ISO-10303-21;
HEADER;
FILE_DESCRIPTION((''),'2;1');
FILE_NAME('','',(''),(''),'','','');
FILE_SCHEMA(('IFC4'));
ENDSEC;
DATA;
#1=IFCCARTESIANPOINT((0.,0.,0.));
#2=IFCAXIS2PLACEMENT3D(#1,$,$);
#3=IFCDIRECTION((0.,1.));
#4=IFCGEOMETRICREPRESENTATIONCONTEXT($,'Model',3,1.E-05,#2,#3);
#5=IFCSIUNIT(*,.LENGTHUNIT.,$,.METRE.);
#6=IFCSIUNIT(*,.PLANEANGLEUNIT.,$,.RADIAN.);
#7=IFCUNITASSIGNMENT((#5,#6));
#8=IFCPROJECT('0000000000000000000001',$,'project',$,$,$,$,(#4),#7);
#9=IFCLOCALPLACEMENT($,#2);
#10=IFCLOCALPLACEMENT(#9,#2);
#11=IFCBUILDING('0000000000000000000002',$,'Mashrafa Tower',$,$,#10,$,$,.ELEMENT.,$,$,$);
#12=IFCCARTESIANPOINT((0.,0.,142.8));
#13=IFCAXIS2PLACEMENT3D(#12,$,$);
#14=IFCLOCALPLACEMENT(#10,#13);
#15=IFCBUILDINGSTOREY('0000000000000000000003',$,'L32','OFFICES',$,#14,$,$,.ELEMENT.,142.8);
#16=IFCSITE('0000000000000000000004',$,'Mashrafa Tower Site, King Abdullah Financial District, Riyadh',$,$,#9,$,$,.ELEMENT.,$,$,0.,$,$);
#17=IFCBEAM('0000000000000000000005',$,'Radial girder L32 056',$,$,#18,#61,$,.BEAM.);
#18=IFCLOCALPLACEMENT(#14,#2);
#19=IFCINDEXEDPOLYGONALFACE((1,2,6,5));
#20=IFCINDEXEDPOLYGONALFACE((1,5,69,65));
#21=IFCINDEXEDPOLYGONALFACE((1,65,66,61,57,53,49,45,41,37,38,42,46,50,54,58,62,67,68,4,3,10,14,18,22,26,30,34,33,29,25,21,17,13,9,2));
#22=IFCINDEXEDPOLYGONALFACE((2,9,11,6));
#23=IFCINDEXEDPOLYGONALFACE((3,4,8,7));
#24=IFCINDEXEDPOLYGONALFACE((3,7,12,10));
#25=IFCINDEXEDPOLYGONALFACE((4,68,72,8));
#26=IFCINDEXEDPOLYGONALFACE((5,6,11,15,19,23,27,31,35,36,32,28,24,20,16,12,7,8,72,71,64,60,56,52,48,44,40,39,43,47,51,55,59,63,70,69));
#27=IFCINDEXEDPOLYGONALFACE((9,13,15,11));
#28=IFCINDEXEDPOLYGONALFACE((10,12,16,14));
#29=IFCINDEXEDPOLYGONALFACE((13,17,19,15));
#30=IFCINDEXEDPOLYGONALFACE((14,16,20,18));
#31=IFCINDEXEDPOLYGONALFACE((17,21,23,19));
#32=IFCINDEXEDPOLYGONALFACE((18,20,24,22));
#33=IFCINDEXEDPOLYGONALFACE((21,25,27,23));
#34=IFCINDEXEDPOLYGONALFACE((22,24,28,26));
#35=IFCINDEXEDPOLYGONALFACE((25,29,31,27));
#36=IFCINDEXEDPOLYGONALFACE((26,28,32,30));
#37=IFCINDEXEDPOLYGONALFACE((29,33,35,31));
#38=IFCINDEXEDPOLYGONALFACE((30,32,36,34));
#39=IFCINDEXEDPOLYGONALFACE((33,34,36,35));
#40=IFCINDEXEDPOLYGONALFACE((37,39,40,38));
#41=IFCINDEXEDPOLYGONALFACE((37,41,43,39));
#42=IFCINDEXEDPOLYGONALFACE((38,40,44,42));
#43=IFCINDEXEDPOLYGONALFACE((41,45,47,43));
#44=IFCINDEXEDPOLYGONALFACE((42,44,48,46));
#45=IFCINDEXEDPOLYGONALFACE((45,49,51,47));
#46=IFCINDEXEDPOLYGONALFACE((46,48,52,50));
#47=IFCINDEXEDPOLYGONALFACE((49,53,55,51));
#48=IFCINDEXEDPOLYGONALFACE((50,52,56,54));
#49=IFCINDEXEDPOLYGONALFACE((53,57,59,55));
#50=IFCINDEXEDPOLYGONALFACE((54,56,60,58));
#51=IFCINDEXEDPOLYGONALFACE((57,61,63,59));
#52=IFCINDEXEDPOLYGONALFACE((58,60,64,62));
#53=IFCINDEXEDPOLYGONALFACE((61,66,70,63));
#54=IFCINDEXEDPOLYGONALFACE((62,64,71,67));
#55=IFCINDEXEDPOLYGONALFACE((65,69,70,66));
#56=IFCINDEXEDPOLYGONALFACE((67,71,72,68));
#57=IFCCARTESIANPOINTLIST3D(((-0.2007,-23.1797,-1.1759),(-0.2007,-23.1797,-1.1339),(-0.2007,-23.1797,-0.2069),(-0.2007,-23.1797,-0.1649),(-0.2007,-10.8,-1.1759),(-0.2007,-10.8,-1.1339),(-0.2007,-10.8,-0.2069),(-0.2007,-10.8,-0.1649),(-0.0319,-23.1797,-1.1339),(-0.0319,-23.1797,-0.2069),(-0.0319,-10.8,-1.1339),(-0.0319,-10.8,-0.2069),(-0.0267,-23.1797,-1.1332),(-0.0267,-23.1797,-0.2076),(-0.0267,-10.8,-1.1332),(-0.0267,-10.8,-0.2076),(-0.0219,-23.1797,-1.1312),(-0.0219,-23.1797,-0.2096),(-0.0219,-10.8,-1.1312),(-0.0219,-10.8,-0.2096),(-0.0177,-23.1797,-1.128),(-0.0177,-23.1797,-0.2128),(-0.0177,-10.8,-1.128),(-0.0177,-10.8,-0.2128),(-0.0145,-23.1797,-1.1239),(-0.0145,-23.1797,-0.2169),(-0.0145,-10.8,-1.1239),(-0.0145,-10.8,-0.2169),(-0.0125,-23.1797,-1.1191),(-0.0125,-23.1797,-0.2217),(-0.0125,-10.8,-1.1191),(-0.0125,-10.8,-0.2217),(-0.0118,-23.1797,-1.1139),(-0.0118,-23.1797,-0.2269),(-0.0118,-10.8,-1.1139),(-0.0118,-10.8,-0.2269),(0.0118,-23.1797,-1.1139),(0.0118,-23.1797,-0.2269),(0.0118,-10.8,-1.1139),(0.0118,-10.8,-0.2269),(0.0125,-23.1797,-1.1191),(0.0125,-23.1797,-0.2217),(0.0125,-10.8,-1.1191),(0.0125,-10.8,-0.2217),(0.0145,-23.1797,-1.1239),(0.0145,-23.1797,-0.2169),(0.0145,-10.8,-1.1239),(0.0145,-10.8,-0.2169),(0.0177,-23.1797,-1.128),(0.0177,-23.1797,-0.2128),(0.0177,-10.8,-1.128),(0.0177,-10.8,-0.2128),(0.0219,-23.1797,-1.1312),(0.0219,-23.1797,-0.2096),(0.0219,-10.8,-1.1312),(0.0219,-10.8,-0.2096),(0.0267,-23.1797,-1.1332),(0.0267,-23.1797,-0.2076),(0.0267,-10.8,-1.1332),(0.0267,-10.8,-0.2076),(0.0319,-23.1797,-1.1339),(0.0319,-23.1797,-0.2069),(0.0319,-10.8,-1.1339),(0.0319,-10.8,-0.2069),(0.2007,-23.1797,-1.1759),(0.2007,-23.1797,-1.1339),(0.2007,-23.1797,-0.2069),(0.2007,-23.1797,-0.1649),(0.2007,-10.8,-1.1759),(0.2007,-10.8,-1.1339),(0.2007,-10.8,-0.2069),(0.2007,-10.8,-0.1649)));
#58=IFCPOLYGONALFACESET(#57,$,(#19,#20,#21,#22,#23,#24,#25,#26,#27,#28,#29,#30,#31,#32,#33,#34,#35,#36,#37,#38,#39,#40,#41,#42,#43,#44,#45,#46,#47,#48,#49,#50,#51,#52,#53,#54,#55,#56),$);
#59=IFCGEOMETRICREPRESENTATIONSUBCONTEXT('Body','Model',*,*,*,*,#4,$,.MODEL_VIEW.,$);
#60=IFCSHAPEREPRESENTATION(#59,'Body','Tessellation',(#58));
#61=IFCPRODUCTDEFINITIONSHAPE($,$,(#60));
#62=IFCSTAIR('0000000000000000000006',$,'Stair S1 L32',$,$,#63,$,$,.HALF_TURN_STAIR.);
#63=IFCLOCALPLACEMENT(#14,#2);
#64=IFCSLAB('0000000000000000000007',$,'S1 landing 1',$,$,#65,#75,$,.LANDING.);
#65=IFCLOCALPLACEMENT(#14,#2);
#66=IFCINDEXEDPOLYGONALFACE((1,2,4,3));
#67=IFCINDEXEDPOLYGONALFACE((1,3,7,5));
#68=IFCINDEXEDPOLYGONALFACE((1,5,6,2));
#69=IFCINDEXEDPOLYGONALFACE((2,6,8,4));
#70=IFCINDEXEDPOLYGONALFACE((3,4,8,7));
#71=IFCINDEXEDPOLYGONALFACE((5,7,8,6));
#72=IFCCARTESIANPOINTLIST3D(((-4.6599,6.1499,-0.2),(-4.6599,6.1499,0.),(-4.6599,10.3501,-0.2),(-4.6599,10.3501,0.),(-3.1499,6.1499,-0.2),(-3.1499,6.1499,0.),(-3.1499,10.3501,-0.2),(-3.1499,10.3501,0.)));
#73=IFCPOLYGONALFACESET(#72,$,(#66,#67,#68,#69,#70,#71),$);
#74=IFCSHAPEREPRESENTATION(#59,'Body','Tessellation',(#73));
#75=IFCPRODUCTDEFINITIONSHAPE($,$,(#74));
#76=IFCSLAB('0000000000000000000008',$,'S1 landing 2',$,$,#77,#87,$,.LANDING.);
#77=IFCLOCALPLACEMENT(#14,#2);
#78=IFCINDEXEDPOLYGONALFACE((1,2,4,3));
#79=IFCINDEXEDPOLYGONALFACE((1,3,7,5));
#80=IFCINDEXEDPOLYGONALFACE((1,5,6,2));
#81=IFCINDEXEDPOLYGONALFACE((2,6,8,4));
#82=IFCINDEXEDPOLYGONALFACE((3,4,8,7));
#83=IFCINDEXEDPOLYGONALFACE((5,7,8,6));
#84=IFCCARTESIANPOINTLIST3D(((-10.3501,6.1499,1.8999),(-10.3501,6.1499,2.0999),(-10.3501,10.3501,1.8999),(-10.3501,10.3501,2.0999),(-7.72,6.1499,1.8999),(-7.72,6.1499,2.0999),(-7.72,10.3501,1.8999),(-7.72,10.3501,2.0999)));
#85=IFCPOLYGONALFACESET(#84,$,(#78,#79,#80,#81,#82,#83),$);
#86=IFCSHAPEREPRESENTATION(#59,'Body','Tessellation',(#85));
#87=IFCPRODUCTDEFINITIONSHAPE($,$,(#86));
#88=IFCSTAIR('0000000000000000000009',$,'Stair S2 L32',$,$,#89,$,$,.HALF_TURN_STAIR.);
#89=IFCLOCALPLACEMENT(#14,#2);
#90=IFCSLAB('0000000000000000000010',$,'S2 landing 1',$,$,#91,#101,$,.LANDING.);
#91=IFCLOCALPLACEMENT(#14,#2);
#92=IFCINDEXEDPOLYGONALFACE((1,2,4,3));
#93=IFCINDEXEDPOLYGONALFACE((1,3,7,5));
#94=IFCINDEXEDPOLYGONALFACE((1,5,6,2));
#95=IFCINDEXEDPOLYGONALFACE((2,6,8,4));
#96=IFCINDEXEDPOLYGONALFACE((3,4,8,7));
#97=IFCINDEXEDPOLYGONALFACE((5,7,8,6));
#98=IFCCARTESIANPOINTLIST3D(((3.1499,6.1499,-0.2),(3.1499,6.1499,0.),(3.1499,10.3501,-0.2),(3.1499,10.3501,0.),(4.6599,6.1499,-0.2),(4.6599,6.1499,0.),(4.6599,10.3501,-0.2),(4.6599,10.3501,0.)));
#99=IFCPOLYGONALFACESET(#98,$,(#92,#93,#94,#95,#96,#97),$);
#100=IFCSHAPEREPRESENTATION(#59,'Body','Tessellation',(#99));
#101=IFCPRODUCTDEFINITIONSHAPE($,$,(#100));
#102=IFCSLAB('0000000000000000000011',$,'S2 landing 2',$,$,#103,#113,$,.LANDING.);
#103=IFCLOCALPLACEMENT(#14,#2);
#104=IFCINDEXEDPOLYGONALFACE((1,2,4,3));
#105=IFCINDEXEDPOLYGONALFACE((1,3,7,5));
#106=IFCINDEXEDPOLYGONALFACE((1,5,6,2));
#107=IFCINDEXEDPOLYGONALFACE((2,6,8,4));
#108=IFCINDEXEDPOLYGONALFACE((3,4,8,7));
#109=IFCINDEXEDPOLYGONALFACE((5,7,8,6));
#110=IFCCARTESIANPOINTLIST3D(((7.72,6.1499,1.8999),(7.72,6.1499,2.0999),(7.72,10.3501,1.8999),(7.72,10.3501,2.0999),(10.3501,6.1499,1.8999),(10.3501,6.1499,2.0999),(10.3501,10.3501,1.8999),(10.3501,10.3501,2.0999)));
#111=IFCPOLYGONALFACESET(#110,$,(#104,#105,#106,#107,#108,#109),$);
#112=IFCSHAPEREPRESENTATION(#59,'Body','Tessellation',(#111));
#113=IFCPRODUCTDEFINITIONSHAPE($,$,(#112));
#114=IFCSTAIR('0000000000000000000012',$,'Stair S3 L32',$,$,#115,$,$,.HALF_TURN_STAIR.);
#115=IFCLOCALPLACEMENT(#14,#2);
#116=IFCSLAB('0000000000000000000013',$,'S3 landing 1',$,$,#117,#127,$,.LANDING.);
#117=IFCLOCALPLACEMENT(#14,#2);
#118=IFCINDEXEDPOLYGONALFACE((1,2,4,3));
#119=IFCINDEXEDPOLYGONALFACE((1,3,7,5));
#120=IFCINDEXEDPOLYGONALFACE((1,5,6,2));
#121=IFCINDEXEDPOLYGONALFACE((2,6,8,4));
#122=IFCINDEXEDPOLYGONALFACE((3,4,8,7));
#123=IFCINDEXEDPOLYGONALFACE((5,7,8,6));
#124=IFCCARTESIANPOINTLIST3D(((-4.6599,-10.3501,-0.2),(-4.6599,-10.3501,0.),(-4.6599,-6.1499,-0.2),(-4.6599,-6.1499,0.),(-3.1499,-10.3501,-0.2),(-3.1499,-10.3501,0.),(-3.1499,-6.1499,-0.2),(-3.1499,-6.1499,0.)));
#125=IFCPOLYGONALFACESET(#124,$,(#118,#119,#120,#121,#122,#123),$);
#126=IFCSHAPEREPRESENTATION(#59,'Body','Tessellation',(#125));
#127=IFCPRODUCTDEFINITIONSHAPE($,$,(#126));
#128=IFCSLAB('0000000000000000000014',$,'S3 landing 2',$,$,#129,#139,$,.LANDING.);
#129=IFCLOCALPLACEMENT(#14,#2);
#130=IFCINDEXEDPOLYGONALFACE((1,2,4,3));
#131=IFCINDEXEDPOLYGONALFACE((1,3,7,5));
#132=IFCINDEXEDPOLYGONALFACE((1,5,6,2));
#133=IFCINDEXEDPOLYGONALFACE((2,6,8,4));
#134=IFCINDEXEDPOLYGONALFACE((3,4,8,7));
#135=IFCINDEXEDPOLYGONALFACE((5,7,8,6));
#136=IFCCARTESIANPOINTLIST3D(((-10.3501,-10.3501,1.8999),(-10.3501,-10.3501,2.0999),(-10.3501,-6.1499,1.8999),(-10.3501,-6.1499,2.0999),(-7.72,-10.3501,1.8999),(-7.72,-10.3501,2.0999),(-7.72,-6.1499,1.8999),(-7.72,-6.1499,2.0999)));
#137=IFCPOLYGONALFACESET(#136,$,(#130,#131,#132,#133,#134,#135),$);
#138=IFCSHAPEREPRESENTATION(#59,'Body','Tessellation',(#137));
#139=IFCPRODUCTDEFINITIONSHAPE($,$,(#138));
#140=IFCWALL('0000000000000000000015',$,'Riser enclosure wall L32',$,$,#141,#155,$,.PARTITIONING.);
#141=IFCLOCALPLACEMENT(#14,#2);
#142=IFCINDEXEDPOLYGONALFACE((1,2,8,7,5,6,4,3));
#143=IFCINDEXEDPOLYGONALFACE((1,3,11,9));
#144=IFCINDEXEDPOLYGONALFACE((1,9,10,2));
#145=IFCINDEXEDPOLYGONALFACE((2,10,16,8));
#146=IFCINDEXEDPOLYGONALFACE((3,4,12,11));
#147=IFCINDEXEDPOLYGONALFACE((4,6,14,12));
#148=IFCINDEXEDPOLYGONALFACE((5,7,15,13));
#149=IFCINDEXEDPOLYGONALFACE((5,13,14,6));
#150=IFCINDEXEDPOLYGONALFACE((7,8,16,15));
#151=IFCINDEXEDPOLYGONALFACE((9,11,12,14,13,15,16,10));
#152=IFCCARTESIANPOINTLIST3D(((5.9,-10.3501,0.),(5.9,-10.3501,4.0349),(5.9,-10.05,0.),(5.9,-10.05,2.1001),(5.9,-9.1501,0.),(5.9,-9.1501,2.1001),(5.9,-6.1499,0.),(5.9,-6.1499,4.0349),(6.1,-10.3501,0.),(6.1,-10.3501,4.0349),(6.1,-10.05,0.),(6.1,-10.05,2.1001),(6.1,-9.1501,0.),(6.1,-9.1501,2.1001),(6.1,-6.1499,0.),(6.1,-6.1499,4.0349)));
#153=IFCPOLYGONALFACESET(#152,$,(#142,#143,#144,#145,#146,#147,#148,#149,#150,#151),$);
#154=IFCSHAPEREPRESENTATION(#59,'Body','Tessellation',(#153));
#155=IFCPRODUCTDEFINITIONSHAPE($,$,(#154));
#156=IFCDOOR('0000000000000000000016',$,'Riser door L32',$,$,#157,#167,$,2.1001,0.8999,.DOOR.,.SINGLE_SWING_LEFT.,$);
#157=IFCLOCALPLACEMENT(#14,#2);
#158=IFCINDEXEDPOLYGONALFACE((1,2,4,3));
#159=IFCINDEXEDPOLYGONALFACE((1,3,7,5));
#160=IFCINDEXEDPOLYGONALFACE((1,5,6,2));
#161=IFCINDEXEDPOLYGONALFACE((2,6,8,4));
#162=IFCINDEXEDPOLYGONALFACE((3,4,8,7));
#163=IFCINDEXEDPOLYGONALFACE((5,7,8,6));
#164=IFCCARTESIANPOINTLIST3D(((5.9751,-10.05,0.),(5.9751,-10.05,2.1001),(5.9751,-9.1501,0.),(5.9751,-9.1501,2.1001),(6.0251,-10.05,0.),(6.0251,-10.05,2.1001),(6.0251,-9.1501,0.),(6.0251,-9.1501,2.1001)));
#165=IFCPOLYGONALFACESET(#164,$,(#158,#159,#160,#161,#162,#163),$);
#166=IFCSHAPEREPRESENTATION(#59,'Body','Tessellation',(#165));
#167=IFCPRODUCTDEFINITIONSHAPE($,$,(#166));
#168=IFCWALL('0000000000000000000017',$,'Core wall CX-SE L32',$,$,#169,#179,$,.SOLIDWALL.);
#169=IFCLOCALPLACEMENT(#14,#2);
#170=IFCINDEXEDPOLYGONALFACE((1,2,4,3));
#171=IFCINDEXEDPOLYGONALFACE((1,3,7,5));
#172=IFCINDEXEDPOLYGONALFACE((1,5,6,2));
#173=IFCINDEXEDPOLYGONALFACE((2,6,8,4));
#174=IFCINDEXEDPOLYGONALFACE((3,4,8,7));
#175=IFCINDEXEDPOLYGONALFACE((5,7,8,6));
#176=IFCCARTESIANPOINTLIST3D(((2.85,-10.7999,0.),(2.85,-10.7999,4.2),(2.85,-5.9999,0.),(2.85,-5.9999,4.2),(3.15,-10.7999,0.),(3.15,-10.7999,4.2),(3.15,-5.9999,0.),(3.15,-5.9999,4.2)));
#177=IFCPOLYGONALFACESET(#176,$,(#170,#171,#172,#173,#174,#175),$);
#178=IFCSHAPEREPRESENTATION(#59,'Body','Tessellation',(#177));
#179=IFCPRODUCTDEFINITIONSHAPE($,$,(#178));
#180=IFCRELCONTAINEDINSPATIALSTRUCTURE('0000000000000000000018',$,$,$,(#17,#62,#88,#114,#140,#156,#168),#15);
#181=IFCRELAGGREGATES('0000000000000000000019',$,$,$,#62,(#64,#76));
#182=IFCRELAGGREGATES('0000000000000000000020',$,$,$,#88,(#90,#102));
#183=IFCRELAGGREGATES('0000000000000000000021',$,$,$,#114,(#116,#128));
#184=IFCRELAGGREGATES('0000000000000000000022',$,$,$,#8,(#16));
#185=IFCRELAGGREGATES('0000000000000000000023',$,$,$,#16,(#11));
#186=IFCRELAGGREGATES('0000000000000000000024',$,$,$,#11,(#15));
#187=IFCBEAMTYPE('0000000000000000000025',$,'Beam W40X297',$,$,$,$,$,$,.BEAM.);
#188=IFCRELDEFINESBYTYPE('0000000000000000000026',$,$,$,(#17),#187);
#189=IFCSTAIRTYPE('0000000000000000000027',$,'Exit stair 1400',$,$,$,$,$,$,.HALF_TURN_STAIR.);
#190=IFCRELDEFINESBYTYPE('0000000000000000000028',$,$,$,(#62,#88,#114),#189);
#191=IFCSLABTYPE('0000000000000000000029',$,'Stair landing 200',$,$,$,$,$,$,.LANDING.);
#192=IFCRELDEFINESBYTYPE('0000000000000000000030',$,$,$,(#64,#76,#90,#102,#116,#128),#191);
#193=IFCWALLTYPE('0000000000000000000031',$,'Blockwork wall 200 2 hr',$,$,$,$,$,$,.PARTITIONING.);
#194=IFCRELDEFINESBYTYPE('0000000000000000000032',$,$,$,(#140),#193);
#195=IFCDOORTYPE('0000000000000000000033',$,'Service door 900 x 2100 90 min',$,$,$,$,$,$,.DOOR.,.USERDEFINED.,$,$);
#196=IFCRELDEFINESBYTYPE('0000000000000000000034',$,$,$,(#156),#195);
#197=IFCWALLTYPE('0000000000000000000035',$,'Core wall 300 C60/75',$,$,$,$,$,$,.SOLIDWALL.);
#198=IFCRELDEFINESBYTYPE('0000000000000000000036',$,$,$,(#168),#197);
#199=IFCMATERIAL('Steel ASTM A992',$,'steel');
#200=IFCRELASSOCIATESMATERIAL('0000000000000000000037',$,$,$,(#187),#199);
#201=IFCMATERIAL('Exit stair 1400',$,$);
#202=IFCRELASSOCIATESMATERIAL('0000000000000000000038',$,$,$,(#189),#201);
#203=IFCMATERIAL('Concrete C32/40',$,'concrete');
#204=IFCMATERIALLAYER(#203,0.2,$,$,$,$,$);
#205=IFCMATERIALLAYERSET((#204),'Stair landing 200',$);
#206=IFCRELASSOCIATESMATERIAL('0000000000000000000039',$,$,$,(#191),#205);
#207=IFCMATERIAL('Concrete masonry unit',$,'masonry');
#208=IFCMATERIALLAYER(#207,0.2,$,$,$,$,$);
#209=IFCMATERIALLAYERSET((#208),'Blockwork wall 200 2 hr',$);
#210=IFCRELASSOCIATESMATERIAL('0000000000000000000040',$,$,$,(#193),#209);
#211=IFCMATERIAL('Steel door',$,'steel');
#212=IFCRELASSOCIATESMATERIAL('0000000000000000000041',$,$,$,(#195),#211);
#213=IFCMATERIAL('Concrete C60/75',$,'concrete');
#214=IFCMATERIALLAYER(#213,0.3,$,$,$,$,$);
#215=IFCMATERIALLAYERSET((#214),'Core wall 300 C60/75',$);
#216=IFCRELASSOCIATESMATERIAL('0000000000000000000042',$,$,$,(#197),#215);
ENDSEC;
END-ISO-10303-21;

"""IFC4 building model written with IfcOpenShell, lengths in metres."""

from ifc_helpers import new_model, si_unit, direction, frame, frame_2d, origin, origin_2d, place, context, subcontext, project, spatial, polyline, rectangle, i_section, outline, extrude, material, layer, layer_set, material_profile, profile_set, type_object, element, fill, aggregate, save


model = new_model("IFC4")

# Units and contexts
model_context = context("Model", 3, precision=1e-05, world=origin(), true_north=direction((0.0, 1.0)))
body_context = subcontext(model_context, "Body", "Model", "MODEL_VIEW")
ifc_project = project(units=[si_unit("LENGTHUNIT", "METRE"), si_unit("PLANEANGLEUNIT", "RADIAN")], contexts=[model_context])

# Site, building, storey
site_placement = place(None, origin())
site = spatial("IfcSite", under=ifc_project, at=site_placement, Name="Mashrafa Tower Site, King Abdullah Financial District, Riyadh", CompositionType="ELEMENT", RefElevation=0.0)
building_placement = place(site_placement, origin())
building = spatial("IfcBuilding", under=site, at=building_placement, Name="Mashrafa Tower", CompositionType="ELEMENT")
storey_placement = place(building_placement, frame((0.0, 0.0, 142.8)))
storey = spatial("IfcBuildingStorey", under=building, at=storey_placement, Name="L32", Description="OFFICES", CompositionType="ELEMENT", Elevation=142.8)

# Beam
ifc_material_1 = material(Name="Steel ASTM A992", Category="steel")
ifc_material_profile = material_profile(ifc_material_1, i_section(OverallWidth=0.4014, OverallDepth=1.011, WebThickness=0.0237, FlangeThickness=0.042, FilletRadius=0.02, at=origin_2d()), Name="W40X297")
ifc_profile_set = profile_set([ifc_material_profile], Name="Steel ASTM A992")
beam_type = type_object("IfcBeamType", Name="Beam W40X297", PredefinedType="BEAM", material=ifc_profile_set)
beam_placement = place(storey_placement, frame((0.0, -10.8, -0.6704), z_axis=(0.0, -1.0, 0.0), x_axis=(1.0, 0.0, 0.0)))
element("IfcBeam", 1, at=beam_placement, inside=storey, type_object=beam_type, Name="Radial girder L32 056", PredefinedType="BEAM", context=body_context, shape_type="SweptSolid", body=[
    extrude(i_section(OverallWidth=0.4014, OverallDepth=1.011, WebThickness=0.0237, FlangeThickness=0.042, FilletRadius=0.02, at=origin_2d()), origin(), (0.0, 0.0, 1.0), 12.3796),
])

# Stairs, slabs
ifc_material_2 = material(Name="Exit stair 1400")
stair_type = type_object("IfcStairType", Name="Exit stair 1400", PredefinedType="HALF_TURN_STAIR", material=ifc_material_2)
stair_1_placement = place(storey_placement, origin())
stair_1 = element("IfcStair", 2, at=stair_1_placement, inside=storey, type_object=stair_type, Name="Stair S1 L32", PredefinedType="HALF_TURN_STAIR")
ifc_material_3 = material(Name="Concrete C32/40", Category="concrete")
ifc_layer_1 = layer(ifc_material_3, 0.2)
ifc_layer_set_1 = layer_set([ifc_layer_1], Name="Stair landing 200")
slab_type = type_object("IfcSlabType", Name="Stair landing 200", PredefinedType="LANDING", material=ifc_layer_set_1)
slab_1_placement = place(storey_placement, frame((0.0, 0.0, -0.2)))
slab_1 = element("IfcSlab", 3, at=slab_1_placement, type_object=slab_type, Name="S1 landing 1", PredefinedType="LANDING", context=body_context, shape_type="SweptSolid", body=[
    extrude(outline(polyline([(-4.6599, 6.1499), (-3.1499, 6.1499), (-3.1499, 10.3501), (-4.6599, 10.3501), (-4.6599, 6.1499)])), origin(), (0.0, 0.0, 1.0), 0.2),
])
slab_2_placement = place(storey_placement, frame((0.0, 0.0, 1.8999)))
slab_2 = element("IfcSlab", 4, at=slab_2_placement, type_object=slab_type, Name="S1 landing 2", PredefinedType="LANDING", context=body_context, shape_type="SweptSolid", body=[
    extrude(outline(polyline([(-10.3501, 6.1499), (-7.72, 6.1499), (-7.72, 10.3501), (-10.3501, 10.3501), (-10.3501, 6.1499)])), origin(), (0.0, 0.0, 1.0), 0.2),
])
aggregate(stair_1, [slab_1, slab_2])
stair_2_placement = place(storey_placement, origin())
stair_2 = element("IfcStair", 5, at=stair_2_placement, inside=storey, type_object=stair_type, Name="Stair S2 L32", PredefinedType="HALF_TURN_STAIR")
slab_3_placement = place(storey_placement, frame((0.0, 0.0, -0.2)))
slab_3 = element("IfcSlab", 6, at=slab_3_placement, type_object=slab_type, Name="S2 landing 1", PredefinedType="LANDING", context=body_context, shape_type="SweptSolid", body=[
    extrude(outline(polyline([(3.1499, 6.1499), (4.6599, 6.1499), (4.6599, 10.3501), (3.1499, 10.3501), (3.1499, 6.1499)])), origin(), (0.0, 0.0, 1.0), 0.2),
])
slab_4_placement = place(storey_placement, frame((0.0, 0.0, 1.8999)))
slab_4 = element("IfcSlab", 7, at=slab_4_placement, type_object=slab_type, Name="S2 landing 2", PredefinedType="LANDING", context=body_context, shape_type="SweptSolid", body=[
    extrude(outline(polyline([(7.72, 6.1499), (10.3501, 6.1499), (10.3501, 10.3501), (7.72, 10.3501), (7.72, 6.1499)])), origin(), (0.0, 0.0, 1.0), 0.2),
])
aggregate(stair_2, [slab_3, slab_4])
stair_3_placement = place(storey_placement, origin())
stair_3 = element("IfcStair", 8, at=stair_3_placement, inside=storey, type_object=stair_type, Name="Stair S3 L32", PredefinedType="HALF_TURN_STAIR")
slab_5_placement = place(storey_placement, frame((0.0, 0.0, -0.2)))
slab_5 = element("IfcSlab", 9, at=slab_5_placement, type_object=slab_type, Name="S3 landing 1", PredefinedType="LANDING", context=body_context, shape_type="SweptSolid", body=[
    extrude(outline(polyline([(-4.6599, -10.3501), (-3.1499, -10.3501), (-3.1499, -6.1499), (-4.6599, -6.1499), (-4.6599, -10.3501)])), origin(), (0.0, 0.0, 1.0), 0.2),
])
slab_6_placement = place(storey_placement, frame((0.0, 0.0, 1.8999)))
slab_6 = element("IfcSlab", 10, at=slab_6_placement, type_object=slab_type, Name="S3 landing 2", PredefinedType="LANDING", context=body_context, shape_type="SweptSolid", body=[
    extrude(outline(polyline([(-10.3501, -10.3501), (-7.72, -10.3501), (-7.72, -6.1499), (-10.3501, -6.1499), (-10.3501, -10.3501)])), origin(), (0.0, 0.0, 1.0), 0.2),
])
aggregate(stair_3, [slab_5, slab_6])

# Wall, opening, door
ifc_material_4 = material(Name="Concrete masonry unit", Category="masonry")
ifc_layer_2 = layer(ifc_material_4, 0.2)
ifc_layer_set_2 = layer_set([ifc_layer_2], Name="Blockwork wall 200 2 hr")
wall_type_1 = type_object("IfcWallType", Name="Blockwork wall 200 2 hr", PredefinedType="PARTITIONING", material=ifc_layer_set_2)
wall_1_placement = place(storey_placement, frame((6.0, -10.3501, 0.0), z_axis=(0.0, 0.0, 1.0), x_axis=(0.0, 1.0, 0.0)))
wall_1 = element("IfcWall", 11, at=wall_1_placement, inside=storey, type_object=wall_type_1, Name="Riser enclosure wall L32", PredefinedType="PARTITIONING", context=body_context, shape_type="SweptSolid", body=[
    extrude(rectangle(XDim=4.2002, YDim=0.2, at=frame_2d((2.1001, 0.0))), origin(), (0.0, 0.0, 1.0), 4.0349),
])
opening_1_placement = place(wall_1_placement, frame((0.3, 0.0, 0.0)))
opening_1 = element("IfcOpeningElement", 12, at=opening_1_placement, cuts=wall_1, PredefinedType="OPENING", context=body_context, shape_type="SweptSolid", body=[
    extrude(rectangle(XDim=0.8999, YDim=2.1001, at=frame_2d((0.45, 1.05))), frame((0.0, 0.1099, 0.0), z_axis=(0.0, -1.0, 0.0), x_axis=(1.0, 0.0, 0.0)), (0.0, 0.0, 1.0), 0.22),
])
ifc_material_5 = material(Name="Steel door", Category="steel")
door_type_1 = type_object("IfcDoorType", Name="Service door 900 x 2100 90 min", OperationType="USERDEFINED", PredefinedType="DOOR", material=ifc_material_5)
door_1_placement = place(opening_1_placement, origin())
door_1 = element("IfcDoor", 13, at=door_1_placement, inside=storey, type_object=door_type_1, Name="Riser door L32", OperationType="SINGLE_SWING_LEFT", OverallHeight=2.1001, OverallWidth=0.8999, PredefinedType="DOOR", context=body_context, shape_type="SweptSolid", body=[
    extrude(rectangle(XDim=0.8999, YDim=2.1001, at=frame_2d((0.45, 1.05))), frame((0.0, 0.0249, 0.0), z_axis=(0.0, -1.0, 0.0), x_axis=(1.0, 0.0, 0.0)), (0.0, 0.0, 1.0), 0.05),
])
fill(opening_1, door_1)

# Wall
ifc_material_6 = material(Name="Concrete C60/75", Category="concrete")
ifc_layer_3 = layer(ifc_material_6, 0.3)
ifc_layer_set_3 = layer_set([ifc_layer_3], Name="Core wall 300 C60/75")
wall_type_2 = type_object("IfcWallType", Name="Core wall 300 C60/75", PredefinedType="SOLIDWALL", material=ifc_layer_set_3)
wall_2_placement = place(storey_placement, frame((3.0, -6.0, 0.0), z_axis=(0.0, 0.0, 1.0), x_axis=(0.0, -1.0, 0.0)))
element("IfcWall", 14, at=wall_2_placement, inside=storey, type_object=wall_type_2, Name="Core wall CX-SE L32", PredefinedType="SOLIDWALL", context=body_context, shape_type="SweptSolid", body=[
    extrude(rectangle(XDim=4.8, YDim=0.3, at=frame_2d((2.3999, 0.0))), origin(), (0.0, 0.0, 1.0), 4.2),
])

save(model, "model.ifc")
